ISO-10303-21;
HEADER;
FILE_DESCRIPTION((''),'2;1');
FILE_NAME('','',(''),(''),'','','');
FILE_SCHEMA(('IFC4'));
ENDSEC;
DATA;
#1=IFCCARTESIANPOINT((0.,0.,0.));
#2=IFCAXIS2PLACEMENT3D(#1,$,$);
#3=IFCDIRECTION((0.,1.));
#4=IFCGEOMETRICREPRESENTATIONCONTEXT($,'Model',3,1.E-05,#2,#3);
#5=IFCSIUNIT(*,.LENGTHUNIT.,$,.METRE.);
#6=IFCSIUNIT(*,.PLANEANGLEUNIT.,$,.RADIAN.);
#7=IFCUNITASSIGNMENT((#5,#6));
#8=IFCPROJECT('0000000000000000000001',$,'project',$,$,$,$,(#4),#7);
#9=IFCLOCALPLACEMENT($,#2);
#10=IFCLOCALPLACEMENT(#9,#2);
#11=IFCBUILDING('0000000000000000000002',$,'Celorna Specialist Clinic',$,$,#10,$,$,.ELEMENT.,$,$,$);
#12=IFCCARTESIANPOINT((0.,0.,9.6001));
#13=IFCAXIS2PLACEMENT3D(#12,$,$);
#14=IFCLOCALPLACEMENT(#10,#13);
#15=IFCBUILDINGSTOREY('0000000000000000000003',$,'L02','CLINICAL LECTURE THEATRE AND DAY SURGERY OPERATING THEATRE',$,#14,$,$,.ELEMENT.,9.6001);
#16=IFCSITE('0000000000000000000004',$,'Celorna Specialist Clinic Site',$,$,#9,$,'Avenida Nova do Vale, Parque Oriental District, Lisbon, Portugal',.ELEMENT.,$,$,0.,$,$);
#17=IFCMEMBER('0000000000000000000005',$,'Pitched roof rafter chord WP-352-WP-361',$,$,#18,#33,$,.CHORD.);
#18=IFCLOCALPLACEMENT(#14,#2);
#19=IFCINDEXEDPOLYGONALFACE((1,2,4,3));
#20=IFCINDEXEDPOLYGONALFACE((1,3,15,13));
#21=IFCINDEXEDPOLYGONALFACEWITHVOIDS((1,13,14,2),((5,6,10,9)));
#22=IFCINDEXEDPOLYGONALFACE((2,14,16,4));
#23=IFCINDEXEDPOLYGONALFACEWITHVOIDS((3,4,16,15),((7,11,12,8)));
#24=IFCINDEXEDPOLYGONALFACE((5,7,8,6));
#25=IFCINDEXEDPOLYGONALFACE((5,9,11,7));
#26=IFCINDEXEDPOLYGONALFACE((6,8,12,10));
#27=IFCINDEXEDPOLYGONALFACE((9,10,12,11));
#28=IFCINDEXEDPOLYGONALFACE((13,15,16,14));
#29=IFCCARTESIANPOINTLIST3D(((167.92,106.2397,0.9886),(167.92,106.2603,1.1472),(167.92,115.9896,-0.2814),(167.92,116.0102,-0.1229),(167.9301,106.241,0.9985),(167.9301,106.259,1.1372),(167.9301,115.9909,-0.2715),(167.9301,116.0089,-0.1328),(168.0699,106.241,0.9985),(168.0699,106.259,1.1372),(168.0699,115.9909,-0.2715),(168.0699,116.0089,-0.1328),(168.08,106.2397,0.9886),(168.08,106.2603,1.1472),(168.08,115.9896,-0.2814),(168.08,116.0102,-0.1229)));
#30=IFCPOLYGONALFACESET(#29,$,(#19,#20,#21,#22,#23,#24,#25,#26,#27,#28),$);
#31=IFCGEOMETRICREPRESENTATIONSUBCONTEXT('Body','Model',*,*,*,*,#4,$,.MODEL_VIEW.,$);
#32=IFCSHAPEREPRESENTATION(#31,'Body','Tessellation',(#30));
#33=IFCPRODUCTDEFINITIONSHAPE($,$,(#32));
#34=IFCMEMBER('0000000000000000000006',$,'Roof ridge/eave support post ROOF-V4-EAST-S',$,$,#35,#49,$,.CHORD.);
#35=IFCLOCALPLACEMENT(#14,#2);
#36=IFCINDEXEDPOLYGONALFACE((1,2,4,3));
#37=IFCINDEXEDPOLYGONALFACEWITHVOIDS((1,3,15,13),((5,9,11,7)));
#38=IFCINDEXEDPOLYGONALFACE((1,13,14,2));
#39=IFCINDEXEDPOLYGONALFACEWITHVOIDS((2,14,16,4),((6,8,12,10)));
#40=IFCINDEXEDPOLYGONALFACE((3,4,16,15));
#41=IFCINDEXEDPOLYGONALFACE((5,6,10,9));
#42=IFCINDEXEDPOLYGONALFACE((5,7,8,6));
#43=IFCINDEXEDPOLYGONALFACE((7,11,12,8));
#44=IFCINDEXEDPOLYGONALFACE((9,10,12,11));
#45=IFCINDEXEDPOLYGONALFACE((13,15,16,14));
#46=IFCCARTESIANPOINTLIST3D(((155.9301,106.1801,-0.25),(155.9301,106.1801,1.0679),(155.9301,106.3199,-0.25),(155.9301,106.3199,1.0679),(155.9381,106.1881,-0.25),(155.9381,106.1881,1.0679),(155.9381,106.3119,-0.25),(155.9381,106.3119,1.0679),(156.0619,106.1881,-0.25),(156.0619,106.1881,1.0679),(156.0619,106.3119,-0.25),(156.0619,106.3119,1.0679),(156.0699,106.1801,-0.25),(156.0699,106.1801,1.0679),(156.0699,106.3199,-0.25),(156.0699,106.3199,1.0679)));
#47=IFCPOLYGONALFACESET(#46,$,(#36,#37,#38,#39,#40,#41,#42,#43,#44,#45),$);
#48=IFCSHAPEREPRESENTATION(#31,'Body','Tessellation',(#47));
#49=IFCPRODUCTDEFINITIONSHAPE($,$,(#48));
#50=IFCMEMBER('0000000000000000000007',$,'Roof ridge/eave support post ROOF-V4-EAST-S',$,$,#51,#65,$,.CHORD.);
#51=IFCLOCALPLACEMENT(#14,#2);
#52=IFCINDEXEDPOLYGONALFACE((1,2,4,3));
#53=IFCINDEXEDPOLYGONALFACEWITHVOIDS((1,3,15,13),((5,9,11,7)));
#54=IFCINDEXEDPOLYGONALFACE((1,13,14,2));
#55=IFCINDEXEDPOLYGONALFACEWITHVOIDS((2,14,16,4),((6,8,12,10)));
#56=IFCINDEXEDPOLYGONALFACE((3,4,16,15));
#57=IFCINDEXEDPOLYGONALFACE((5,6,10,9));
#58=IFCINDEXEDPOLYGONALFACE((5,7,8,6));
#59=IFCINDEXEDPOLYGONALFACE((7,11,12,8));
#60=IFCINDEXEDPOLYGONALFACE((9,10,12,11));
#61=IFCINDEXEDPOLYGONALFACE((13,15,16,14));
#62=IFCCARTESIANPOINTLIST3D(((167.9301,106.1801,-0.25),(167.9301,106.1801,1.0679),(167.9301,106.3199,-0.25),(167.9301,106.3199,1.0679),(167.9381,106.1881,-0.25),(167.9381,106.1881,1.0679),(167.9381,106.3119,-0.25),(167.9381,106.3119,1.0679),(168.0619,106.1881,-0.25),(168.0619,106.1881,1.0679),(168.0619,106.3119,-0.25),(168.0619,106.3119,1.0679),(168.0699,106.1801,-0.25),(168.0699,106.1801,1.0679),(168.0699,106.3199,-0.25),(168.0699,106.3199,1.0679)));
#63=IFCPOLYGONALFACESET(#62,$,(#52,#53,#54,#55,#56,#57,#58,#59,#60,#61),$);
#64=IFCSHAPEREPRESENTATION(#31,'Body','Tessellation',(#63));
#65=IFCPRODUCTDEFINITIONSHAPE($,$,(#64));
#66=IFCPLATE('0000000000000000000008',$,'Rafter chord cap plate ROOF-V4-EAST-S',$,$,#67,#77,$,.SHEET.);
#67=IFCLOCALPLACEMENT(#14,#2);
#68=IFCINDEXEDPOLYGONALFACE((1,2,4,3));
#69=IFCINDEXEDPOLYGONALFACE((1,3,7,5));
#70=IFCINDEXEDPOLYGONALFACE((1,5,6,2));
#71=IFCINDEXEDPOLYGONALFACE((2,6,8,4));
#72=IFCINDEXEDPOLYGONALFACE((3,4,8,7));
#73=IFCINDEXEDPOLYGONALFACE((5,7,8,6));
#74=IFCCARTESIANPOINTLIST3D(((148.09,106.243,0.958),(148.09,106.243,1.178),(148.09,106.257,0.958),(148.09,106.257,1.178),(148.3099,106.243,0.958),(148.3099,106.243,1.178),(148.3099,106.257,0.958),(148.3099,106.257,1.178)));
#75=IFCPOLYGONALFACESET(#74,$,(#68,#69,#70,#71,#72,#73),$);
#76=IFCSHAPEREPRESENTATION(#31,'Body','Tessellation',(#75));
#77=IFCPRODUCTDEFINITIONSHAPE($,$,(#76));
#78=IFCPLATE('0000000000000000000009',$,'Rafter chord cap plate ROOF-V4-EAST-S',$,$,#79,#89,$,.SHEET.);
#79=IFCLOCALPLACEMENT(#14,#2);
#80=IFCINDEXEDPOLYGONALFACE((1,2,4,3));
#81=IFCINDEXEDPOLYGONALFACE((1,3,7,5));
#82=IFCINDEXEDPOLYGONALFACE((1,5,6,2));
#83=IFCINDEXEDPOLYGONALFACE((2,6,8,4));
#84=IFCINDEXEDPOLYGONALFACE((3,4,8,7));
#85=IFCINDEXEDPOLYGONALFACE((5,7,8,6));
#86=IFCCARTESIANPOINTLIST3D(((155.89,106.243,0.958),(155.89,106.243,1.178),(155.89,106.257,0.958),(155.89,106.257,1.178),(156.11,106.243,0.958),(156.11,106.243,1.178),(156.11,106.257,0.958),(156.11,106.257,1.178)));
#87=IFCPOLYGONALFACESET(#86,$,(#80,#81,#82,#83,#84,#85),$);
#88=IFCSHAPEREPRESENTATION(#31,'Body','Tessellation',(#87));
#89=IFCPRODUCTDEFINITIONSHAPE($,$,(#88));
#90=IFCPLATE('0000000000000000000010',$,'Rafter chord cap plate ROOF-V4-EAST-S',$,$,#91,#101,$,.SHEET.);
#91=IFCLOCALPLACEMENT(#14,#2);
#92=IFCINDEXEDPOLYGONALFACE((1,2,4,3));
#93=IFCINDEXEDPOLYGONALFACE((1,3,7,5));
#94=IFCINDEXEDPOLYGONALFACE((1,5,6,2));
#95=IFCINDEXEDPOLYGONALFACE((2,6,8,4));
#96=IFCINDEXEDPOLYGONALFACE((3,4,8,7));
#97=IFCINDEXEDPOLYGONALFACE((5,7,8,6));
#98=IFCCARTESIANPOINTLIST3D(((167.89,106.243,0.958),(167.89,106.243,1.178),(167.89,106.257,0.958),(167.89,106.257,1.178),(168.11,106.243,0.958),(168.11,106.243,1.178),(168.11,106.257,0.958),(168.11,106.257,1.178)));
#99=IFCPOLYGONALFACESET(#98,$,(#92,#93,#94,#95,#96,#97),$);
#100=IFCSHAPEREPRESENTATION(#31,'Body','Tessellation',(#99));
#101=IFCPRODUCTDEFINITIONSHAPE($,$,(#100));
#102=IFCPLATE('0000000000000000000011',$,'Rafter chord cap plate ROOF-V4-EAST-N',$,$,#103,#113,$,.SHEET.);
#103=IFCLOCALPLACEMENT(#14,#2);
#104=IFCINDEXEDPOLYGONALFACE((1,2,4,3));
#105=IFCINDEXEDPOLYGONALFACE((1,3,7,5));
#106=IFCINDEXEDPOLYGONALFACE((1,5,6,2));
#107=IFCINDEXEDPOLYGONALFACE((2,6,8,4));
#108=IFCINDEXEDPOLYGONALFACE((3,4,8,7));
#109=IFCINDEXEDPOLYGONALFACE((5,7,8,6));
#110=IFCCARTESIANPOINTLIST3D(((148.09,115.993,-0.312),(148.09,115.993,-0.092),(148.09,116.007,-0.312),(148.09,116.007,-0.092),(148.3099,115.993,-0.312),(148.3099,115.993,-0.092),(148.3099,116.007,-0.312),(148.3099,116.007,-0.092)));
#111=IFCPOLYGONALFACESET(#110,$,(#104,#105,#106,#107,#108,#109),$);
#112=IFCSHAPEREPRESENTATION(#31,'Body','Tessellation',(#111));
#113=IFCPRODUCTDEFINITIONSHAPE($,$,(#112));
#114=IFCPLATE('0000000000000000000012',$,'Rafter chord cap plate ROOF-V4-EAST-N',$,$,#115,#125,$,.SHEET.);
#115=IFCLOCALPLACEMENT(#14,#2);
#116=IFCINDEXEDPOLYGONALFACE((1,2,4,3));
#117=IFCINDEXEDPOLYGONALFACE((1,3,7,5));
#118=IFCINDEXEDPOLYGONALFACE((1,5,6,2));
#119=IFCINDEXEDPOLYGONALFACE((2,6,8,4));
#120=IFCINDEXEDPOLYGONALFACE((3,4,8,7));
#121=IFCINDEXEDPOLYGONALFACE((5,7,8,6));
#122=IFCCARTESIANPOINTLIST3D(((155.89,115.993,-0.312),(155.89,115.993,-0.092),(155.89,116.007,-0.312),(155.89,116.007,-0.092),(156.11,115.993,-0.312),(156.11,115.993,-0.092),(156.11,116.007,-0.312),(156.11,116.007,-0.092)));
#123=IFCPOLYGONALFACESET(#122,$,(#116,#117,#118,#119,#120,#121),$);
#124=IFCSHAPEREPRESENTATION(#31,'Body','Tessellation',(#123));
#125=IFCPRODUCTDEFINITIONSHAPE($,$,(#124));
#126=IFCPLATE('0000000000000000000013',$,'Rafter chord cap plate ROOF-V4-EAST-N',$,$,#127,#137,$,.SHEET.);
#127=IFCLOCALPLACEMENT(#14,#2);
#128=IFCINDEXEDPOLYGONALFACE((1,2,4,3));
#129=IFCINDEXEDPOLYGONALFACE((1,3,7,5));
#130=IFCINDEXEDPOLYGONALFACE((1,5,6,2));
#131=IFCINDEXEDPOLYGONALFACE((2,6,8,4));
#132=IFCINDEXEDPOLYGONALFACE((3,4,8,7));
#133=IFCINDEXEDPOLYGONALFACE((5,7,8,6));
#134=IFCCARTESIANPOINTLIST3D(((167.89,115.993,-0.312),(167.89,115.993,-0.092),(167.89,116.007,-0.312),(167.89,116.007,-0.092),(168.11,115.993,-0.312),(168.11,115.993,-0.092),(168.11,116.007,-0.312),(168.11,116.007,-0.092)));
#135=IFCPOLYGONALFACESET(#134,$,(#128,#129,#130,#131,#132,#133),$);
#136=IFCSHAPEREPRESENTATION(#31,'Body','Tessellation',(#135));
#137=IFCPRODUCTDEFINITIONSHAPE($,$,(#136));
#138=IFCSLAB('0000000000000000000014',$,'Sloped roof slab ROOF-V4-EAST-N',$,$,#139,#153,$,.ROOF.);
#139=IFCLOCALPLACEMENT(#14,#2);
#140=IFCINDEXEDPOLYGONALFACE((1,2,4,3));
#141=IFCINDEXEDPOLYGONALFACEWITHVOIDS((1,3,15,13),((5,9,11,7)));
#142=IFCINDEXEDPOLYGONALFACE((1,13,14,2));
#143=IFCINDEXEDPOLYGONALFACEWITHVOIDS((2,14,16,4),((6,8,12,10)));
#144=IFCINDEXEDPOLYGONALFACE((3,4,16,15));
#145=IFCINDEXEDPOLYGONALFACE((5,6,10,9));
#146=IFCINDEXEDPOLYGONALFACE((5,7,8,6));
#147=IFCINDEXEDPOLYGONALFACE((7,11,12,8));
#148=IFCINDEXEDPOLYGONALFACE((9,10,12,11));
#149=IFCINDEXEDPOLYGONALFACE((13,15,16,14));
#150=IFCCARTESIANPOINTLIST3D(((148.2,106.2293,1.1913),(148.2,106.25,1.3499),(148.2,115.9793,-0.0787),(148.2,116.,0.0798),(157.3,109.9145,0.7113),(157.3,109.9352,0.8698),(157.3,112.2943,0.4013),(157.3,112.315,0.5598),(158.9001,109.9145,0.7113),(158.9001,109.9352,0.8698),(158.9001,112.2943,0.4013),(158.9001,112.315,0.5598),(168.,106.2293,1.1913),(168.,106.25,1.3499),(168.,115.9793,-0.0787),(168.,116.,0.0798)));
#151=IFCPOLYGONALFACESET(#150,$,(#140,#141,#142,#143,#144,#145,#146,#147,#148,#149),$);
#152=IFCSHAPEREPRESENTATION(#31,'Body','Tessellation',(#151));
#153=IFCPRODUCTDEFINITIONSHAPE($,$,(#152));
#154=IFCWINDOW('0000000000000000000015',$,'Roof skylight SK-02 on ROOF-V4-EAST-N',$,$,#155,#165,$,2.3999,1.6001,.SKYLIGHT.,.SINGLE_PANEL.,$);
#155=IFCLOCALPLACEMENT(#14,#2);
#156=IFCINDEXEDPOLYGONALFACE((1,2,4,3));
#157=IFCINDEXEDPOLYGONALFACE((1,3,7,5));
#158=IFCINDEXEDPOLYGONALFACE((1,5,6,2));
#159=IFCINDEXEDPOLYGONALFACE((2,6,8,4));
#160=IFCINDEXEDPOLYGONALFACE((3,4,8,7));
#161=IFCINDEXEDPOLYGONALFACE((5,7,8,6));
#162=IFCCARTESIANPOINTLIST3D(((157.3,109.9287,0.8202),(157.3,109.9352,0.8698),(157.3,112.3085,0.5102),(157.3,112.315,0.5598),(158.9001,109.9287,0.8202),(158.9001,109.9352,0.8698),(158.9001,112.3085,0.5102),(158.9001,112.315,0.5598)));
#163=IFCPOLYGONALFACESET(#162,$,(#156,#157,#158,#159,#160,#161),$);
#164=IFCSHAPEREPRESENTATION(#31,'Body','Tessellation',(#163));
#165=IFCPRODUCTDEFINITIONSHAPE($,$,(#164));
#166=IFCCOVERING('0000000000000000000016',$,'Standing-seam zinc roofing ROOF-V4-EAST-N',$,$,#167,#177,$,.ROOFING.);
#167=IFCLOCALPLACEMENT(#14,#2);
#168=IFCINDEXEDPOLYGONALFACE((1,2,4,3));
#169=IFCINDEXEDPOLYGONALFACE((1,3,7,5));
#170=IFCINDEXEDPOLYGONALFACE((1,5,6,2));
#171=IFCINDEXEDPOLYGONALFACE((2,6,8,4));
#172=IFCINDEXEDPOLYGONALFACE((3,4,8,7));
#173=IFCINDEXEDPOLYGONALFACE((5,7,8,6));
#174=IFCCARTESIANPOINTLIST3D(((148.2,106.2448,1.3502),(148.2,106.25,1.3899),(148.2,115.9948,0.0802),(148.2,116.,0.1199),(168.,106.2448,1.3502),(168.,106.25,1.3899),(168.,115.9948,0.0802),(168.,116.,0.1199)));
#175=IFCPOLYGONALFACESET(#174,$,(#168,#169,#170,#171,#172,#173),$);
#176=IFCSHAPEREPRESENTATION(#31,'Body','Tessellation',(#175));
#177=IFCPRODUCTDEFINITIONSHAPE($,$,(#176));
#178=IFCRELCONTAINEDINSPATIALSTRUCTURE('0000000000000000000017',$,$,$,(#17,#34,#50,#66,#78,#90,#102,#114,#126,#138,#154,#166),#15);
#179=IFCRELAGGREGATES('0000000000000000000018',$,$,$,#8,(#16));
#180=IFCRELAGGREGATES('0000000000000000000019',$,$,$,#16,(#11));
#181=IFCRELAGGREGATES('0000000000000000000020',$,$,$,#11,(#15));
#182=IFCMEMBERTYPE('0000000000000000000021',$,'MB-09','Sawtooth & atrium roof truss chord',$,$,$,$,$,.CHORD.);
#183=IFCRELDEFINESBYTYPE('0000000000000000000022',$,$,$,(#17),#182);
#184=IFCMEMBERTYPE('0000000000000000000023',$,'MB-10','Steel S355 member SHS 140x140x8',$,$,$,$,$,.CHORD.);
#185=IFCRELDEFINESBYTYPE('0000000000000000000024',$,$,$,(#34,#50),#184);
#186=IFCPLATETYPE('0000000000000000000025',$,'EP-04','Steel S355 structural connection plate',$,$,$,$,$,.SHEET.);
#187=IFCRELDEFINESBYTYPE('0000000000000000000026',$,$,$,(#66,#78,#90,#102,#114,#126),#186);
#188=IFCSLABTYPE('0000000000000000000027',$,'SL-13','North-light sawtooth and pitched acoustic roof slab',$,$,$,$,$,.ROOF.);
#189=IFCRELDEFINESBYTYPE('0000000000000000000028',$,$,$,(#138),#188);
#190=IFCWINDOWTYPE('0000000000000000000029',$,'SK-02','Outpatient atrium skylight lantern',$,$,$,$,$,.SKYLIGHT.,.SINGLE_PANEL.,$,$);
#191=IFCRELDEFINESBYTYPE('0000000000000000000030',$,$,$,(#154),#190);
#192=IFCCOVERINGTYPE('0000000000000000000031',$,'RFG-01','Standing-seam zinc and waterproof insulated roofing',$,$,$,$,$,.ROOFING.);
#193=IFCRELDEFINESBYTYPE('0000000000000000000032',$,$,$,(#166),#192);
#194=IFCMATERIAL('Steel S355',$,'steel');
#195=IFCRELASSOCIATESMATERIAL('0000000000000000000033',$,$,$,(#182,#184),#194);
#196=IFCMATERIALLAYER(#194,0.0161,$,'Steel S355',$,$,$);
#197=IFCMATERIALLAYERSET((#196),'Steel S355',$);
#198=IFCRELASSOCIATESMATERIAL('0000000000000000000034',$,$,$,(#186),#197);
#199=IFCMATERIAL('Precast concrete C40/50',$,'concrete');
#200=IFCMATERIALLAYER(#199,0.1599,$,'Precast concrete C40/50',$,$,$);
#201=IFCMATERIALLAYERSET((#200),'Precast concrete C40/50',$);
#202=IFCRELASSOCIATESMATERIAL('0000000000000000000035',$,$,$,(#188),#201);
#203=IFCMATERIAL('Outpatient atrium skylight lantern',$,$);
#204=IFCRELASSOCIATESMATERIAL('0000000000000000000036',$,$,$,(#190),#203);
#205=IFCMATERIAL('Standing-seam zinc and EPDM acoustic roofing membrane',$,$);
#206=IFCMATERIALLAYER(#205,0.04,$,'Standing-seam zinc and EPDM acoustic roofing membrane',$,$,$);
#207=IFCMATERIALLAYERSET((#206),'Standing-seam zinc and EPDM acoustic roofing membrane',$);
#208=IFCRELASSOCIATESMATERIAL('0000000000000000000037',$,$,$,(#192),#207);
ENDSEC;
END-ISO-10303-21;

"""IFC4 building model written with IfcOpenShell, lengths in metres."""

from ifc_helpers import new_model, si_unit, direction, frame, origin, origin_2d, place, context, subcontext, project, spatial, polyline, rectangle, hollow_rectangle, outline, extrude, material, layer, layer_set, material_profile, profile_set, type_object, element, fill, save


model = new_model("IFC4")

# Units and contexts
model_context = context("Model", 3, precision=1e-05, world=origin(), true_north=direction((0.0, 1.0)))
body_context = subcontext(model_context, "Body", "Model", "MODEL_VIEW")
ifc_project = project(units=[si_unit("LENGTHUNIT", "METRE"), si_unit("PLANEANGLEUNIT", "RADIAN")], contexts=[model_context])

# Site, building, storey
site_placement = place(None, origin())
site = spatial("IfcSite", under=ifc_project, at=site_placement, Name="Celorna Specialist Clinic Site", LongName="Avenida Nova do Vale, Parque Oriental District, Lisbon, Portugal", CompositionType="ELEMENT", RefElevation=0.0)
building_placement = place(site_placement, origin())
building = spatial("IfcBuilding", under=site, at=building_placement, Name="Celorna Specialist Clinic", CompositionType="ELEMENT")
storey_placement = place(building_placement, frame((0.0, 0.0, 9.6001)))
storey = spatial("IfcBuildingStorey", under=building, at=storey_placement, Name="L02", Description="CLINICAL LECTURE THEATRE AND DAY SURGERY OPERATING THEATRE", CompositionType="ELEMENT", Elevation=9.6001)

# Shared definitions
ifc_material_1 = material(Name="Steel S355", Category="steel")

# Members
ifc_material_profile_1 = material_profile(ifc_material_1, hollow_rectangle(XDim=0.1599, YDim=0.1599, WallThickness=0.01, at=origin_2d()), Name="SHS 160x160x10")
ifc_profile_set_1 = profile_set([ifc_material_profile_1], Name="Steel S355")
member_type_1 = type_object("IfcMemberType", Name="MB-09", Description="Sawtooth & atrium roof truss chord", PredefinedType="CHORD", material=ifc_profile_set_1)
for number, where, z_axis, x_axis, name in (
    (1, (168.0, 106.25, 1.0679), (0.0, 0.991623, -0.129167), (-1.0, 0.0, 0.0), "Pitched roof rafter chord WP-352-WP-361"),
):
    element("IfcMember", number, at=place(storey_placement, frame(where, z_axis=z_axis, x_axis=x_axis)), inside=storey, type_object=member_type_1, Name=name, PredefinedType="CHORD", context=body_context, shape_type="SweptSolid", body=[
        extrude(hollow_rectangle(XDim=0.1599, YDim=0.1599, WallThickness=0.01, at=origin_2d()), origin(), (0.0, 0.0, 1.0), 9.8323),
    ])
ifc_material_profile_2 = material_profile(ifc_material_1, hollow_rectangle(XDim=0.1399, YDim=0.1399, WallThickness=0.0081, at=origin_2d()), Name="SHS 140x140x8")
ifc_profile_set_2 = profile_set([ifc_material_profile_2], Name="Steel S355")
member_type_2 = type_object("IfcMemberType", Name="MB-10", Description="Steel S355 member SHS 140x140x8", PredefinedType="CHORD", material=ifc_profile_set_2)
for number, where, z_axis, x_axis, name in (
    (2, (156.0, 106.25, -0.25), (0.0, 0.0, 1.0), (1.0, 0.0, 0.0), "Roof ridge/eave support post ROOF-V4-EAST-S"),
    (3, (168.0, 106.25, -0.25), (0.0, 0.0, 1.0), (1.0, 0.0, 0.0), "Roof ridge/eave support post ROOF-V4-EAST-S"),
):
    element("IfcMember", number, at=place(storey_placement, frame(where, z_axis=z_axis, x_axis=x_axis)), inside=storey, type_object=member_type_2, Name=name, PredefinedType="CHORD", context=body_context, shape_type="SweptSolid", body=[
        extrude(hollow_rectangle(XDim=0.1399, YDim=0.1399, WallThickness=0.0081, at=origin_2d()), origin(), (0.0, 0.0, 1.0), 1.3179),
    ])

# Plates
ifc_layer_1 = layer(ifc_material_1, 0.0161, Name="Steel S355")
ifc_layer_set_1 = layer_set([ifc_layer_1], Name="Steel S355")
plate_type = type_object("IfcPlateType", Name="EP-04", Description="Steel S355 structural connection plate", PredefinedType="SHEET", material=ifc_layer_set_1)
for number, where, z_axis, x_axis, name in (
    (4, (148.2, 106.25, 0.958), (0.0, 0.0, 1.0), (1.0, 0.0, 0.0), "Rafter chord cap plate ROOF-V4-EAST-S"),
    (5, (156.0, 106.25, 0.958), (0.0, 0.0, 1.0), (1.0, 0.0, 0.0), "Rafter chord cap plate ROOF-V4-EAST-S"),
    (6, (168.0, 106.25, 0.958), (0.0, 0.0, 1.0), (1.0, 0.0, 0.0), "Rafter chord cap plate ROOF-V4-EAST-S"),
    (7, (148.2, 116.0, -0.312), (0.0, 0.0, 1.0), (1.0, 0.0, 0.0), "Rafter chord cap plate ROOF-V4-EAST-N"),
    (8, (156.0, 116.0, -0.312), (0.0, 0.0, 1.0), (1.0, 0.0, 0.0), "Rafter chord cap plate ROOF-V4-EAST-N"),
    (9, (168.0, 116.0, -0.312), (0.0, 0.0, 1.0), (1.0, 0.0, 0.0), "Rafter chord cap plate ROOF-V4-EAST-N"),
):
    element("IfcPlate", number, at=place(storey_placement, frame(where, z_axis=z_axis, x_axis=x_axis)), inside=storey, type_object=plate_type, Name=name, PredefinedType="SHEET", context=body_context, shape_type="SweptSolid", body=[
        extrude(rectangle(XDim=0.22, YDim=0.0139, at=origin_2d()), origin(), (0.0, 0.0, 1.0), 0.22),
    ])

# Slab, opening, window
ifc_material_2 = material(Name="Precast concrete C40/50", Category="concrete")
ifc_layer_2 = layer(ifc_material_2, 0.1599, Name="Precast concrete C40/50")
ifc_layer_set_2 = layer_set([ifc_layer_2], Name="Precast concrete C40/50")
slab_type = type_object("IfcSlabType", Name="SL-13", Description="North-light sawtooth and pitched acoustic roof slab", PredefinedType="ROOF", material=ifc_layer_set_2)
slab_placement = place(storey_placement, frame((148.2, 106.25, 1.3499), z_axis=(0.0, 0.129167, 0.991623), x_axis=(1.0, 0.0, 0.0)))
slab = element("IfcSlab", 10, at=slab_placement, inside=storey, type_object=slab_type, Name="Sloped roof slab ROOF-V4-EAST-N", PredefinedType="ROOF", context=body_context, shape_type="SweptSolid", body=[
    extrude(outline(polyline([(0.0, 0.0), (19.8, 0.0), (19.8, 9.8324), (0.0, 9.8324), (0.0, 0.0)])), origin(), (0.0, 0.0, -1.0), 0.1599),
])
opening_placement = place(slab_placement, frame((9.9001, 4.9163, 0.01)))
opening = element("IfcOpeningElement", 11, at=opening_placement, cuts=slab, PredefinedType="OPENING", context=body_context, shape_type="SweptSolid", body=[
    extrude(rectangle(XDim=1.6001, YDim=2.3999, at=origin_2d()), origin(), (0.0, 0.0, -1.0), 0.1799),
])
ifc_material_3 = material(Name="Outpatient atrium skylight lantern")
window_type = type_object("IfcWindowType", Name="SK-02", Description="Outpatient atrium skylight lantern", PartitioningType="SINGLE_PANEL", PredefinedType="SKYLIGHT", material=ifc_material_3)
window_placement = place(opening_placement, frame((0.0, 0.0, -0.01)))
window = element("IfcWindow", 12, at=window_placement, inside=storey, type_object=window_type, Name="Roof skylight SK-02 on ROOF-V4-EAST-N", OverallHeight=2.3999, OverallWidth=1.6001, PartitioningType="SINGLE_PANEL", PredefinedType="SKYLIGHT", context=body_context, shape_type="SweptSolid", body=[
    extrude(rectangle(XDim=1.6001, YDim=2.3999, at=origin_2d()), origin(), (0.0, 0.0, -1.0), 0.05),
])
fill(opening, window)

# Covering
ifc_material_4 = material(Name="Standing-seam zinc and EPDM acoustic roofing membrane")
ifc_layer_3 = layer(ifc_material_4, 0.04, Name="Standing-seam zinc and EPDM acoustic roofing membrane")
ifc_layer_set_3 = layer_set([ifc_layer_3], Name="Standing-seam zinc and EPDM acoustic roofing membrane")
covering_type = type_object("IfcCoveringType", Name="RFG-01", Description="Standing-seam zinc and waterproof insulated roofing", PredefinedType="ROOFING", material=ifc_layer_set_3)
covering_placement = place(storey_placement, frame((148.2, 106.25, 1.3899), z_axis=(0.0, 0.129167, 0.991623), x_axis=(1.0, 0.0, 0.0)))
element("IfcCovering", 13, at=covering_placement, inside=storey, type_object=covering_type, Name="Standing-seam zinc roofing ROOF-V4-EAST-N", PredefinedType="ROOFING", context=body_context, shape_type="SweptSolid", body=[
    extrude(outline(polyline([(0.0, 0.0), (19.8, 0.0), (19.8, 9.8324), (0.0, 9.8324), (0.0, 0.0)])), origin(), (0.0, 0.0, -1.0), 0.04),
])

save(model, "model.ifc")
